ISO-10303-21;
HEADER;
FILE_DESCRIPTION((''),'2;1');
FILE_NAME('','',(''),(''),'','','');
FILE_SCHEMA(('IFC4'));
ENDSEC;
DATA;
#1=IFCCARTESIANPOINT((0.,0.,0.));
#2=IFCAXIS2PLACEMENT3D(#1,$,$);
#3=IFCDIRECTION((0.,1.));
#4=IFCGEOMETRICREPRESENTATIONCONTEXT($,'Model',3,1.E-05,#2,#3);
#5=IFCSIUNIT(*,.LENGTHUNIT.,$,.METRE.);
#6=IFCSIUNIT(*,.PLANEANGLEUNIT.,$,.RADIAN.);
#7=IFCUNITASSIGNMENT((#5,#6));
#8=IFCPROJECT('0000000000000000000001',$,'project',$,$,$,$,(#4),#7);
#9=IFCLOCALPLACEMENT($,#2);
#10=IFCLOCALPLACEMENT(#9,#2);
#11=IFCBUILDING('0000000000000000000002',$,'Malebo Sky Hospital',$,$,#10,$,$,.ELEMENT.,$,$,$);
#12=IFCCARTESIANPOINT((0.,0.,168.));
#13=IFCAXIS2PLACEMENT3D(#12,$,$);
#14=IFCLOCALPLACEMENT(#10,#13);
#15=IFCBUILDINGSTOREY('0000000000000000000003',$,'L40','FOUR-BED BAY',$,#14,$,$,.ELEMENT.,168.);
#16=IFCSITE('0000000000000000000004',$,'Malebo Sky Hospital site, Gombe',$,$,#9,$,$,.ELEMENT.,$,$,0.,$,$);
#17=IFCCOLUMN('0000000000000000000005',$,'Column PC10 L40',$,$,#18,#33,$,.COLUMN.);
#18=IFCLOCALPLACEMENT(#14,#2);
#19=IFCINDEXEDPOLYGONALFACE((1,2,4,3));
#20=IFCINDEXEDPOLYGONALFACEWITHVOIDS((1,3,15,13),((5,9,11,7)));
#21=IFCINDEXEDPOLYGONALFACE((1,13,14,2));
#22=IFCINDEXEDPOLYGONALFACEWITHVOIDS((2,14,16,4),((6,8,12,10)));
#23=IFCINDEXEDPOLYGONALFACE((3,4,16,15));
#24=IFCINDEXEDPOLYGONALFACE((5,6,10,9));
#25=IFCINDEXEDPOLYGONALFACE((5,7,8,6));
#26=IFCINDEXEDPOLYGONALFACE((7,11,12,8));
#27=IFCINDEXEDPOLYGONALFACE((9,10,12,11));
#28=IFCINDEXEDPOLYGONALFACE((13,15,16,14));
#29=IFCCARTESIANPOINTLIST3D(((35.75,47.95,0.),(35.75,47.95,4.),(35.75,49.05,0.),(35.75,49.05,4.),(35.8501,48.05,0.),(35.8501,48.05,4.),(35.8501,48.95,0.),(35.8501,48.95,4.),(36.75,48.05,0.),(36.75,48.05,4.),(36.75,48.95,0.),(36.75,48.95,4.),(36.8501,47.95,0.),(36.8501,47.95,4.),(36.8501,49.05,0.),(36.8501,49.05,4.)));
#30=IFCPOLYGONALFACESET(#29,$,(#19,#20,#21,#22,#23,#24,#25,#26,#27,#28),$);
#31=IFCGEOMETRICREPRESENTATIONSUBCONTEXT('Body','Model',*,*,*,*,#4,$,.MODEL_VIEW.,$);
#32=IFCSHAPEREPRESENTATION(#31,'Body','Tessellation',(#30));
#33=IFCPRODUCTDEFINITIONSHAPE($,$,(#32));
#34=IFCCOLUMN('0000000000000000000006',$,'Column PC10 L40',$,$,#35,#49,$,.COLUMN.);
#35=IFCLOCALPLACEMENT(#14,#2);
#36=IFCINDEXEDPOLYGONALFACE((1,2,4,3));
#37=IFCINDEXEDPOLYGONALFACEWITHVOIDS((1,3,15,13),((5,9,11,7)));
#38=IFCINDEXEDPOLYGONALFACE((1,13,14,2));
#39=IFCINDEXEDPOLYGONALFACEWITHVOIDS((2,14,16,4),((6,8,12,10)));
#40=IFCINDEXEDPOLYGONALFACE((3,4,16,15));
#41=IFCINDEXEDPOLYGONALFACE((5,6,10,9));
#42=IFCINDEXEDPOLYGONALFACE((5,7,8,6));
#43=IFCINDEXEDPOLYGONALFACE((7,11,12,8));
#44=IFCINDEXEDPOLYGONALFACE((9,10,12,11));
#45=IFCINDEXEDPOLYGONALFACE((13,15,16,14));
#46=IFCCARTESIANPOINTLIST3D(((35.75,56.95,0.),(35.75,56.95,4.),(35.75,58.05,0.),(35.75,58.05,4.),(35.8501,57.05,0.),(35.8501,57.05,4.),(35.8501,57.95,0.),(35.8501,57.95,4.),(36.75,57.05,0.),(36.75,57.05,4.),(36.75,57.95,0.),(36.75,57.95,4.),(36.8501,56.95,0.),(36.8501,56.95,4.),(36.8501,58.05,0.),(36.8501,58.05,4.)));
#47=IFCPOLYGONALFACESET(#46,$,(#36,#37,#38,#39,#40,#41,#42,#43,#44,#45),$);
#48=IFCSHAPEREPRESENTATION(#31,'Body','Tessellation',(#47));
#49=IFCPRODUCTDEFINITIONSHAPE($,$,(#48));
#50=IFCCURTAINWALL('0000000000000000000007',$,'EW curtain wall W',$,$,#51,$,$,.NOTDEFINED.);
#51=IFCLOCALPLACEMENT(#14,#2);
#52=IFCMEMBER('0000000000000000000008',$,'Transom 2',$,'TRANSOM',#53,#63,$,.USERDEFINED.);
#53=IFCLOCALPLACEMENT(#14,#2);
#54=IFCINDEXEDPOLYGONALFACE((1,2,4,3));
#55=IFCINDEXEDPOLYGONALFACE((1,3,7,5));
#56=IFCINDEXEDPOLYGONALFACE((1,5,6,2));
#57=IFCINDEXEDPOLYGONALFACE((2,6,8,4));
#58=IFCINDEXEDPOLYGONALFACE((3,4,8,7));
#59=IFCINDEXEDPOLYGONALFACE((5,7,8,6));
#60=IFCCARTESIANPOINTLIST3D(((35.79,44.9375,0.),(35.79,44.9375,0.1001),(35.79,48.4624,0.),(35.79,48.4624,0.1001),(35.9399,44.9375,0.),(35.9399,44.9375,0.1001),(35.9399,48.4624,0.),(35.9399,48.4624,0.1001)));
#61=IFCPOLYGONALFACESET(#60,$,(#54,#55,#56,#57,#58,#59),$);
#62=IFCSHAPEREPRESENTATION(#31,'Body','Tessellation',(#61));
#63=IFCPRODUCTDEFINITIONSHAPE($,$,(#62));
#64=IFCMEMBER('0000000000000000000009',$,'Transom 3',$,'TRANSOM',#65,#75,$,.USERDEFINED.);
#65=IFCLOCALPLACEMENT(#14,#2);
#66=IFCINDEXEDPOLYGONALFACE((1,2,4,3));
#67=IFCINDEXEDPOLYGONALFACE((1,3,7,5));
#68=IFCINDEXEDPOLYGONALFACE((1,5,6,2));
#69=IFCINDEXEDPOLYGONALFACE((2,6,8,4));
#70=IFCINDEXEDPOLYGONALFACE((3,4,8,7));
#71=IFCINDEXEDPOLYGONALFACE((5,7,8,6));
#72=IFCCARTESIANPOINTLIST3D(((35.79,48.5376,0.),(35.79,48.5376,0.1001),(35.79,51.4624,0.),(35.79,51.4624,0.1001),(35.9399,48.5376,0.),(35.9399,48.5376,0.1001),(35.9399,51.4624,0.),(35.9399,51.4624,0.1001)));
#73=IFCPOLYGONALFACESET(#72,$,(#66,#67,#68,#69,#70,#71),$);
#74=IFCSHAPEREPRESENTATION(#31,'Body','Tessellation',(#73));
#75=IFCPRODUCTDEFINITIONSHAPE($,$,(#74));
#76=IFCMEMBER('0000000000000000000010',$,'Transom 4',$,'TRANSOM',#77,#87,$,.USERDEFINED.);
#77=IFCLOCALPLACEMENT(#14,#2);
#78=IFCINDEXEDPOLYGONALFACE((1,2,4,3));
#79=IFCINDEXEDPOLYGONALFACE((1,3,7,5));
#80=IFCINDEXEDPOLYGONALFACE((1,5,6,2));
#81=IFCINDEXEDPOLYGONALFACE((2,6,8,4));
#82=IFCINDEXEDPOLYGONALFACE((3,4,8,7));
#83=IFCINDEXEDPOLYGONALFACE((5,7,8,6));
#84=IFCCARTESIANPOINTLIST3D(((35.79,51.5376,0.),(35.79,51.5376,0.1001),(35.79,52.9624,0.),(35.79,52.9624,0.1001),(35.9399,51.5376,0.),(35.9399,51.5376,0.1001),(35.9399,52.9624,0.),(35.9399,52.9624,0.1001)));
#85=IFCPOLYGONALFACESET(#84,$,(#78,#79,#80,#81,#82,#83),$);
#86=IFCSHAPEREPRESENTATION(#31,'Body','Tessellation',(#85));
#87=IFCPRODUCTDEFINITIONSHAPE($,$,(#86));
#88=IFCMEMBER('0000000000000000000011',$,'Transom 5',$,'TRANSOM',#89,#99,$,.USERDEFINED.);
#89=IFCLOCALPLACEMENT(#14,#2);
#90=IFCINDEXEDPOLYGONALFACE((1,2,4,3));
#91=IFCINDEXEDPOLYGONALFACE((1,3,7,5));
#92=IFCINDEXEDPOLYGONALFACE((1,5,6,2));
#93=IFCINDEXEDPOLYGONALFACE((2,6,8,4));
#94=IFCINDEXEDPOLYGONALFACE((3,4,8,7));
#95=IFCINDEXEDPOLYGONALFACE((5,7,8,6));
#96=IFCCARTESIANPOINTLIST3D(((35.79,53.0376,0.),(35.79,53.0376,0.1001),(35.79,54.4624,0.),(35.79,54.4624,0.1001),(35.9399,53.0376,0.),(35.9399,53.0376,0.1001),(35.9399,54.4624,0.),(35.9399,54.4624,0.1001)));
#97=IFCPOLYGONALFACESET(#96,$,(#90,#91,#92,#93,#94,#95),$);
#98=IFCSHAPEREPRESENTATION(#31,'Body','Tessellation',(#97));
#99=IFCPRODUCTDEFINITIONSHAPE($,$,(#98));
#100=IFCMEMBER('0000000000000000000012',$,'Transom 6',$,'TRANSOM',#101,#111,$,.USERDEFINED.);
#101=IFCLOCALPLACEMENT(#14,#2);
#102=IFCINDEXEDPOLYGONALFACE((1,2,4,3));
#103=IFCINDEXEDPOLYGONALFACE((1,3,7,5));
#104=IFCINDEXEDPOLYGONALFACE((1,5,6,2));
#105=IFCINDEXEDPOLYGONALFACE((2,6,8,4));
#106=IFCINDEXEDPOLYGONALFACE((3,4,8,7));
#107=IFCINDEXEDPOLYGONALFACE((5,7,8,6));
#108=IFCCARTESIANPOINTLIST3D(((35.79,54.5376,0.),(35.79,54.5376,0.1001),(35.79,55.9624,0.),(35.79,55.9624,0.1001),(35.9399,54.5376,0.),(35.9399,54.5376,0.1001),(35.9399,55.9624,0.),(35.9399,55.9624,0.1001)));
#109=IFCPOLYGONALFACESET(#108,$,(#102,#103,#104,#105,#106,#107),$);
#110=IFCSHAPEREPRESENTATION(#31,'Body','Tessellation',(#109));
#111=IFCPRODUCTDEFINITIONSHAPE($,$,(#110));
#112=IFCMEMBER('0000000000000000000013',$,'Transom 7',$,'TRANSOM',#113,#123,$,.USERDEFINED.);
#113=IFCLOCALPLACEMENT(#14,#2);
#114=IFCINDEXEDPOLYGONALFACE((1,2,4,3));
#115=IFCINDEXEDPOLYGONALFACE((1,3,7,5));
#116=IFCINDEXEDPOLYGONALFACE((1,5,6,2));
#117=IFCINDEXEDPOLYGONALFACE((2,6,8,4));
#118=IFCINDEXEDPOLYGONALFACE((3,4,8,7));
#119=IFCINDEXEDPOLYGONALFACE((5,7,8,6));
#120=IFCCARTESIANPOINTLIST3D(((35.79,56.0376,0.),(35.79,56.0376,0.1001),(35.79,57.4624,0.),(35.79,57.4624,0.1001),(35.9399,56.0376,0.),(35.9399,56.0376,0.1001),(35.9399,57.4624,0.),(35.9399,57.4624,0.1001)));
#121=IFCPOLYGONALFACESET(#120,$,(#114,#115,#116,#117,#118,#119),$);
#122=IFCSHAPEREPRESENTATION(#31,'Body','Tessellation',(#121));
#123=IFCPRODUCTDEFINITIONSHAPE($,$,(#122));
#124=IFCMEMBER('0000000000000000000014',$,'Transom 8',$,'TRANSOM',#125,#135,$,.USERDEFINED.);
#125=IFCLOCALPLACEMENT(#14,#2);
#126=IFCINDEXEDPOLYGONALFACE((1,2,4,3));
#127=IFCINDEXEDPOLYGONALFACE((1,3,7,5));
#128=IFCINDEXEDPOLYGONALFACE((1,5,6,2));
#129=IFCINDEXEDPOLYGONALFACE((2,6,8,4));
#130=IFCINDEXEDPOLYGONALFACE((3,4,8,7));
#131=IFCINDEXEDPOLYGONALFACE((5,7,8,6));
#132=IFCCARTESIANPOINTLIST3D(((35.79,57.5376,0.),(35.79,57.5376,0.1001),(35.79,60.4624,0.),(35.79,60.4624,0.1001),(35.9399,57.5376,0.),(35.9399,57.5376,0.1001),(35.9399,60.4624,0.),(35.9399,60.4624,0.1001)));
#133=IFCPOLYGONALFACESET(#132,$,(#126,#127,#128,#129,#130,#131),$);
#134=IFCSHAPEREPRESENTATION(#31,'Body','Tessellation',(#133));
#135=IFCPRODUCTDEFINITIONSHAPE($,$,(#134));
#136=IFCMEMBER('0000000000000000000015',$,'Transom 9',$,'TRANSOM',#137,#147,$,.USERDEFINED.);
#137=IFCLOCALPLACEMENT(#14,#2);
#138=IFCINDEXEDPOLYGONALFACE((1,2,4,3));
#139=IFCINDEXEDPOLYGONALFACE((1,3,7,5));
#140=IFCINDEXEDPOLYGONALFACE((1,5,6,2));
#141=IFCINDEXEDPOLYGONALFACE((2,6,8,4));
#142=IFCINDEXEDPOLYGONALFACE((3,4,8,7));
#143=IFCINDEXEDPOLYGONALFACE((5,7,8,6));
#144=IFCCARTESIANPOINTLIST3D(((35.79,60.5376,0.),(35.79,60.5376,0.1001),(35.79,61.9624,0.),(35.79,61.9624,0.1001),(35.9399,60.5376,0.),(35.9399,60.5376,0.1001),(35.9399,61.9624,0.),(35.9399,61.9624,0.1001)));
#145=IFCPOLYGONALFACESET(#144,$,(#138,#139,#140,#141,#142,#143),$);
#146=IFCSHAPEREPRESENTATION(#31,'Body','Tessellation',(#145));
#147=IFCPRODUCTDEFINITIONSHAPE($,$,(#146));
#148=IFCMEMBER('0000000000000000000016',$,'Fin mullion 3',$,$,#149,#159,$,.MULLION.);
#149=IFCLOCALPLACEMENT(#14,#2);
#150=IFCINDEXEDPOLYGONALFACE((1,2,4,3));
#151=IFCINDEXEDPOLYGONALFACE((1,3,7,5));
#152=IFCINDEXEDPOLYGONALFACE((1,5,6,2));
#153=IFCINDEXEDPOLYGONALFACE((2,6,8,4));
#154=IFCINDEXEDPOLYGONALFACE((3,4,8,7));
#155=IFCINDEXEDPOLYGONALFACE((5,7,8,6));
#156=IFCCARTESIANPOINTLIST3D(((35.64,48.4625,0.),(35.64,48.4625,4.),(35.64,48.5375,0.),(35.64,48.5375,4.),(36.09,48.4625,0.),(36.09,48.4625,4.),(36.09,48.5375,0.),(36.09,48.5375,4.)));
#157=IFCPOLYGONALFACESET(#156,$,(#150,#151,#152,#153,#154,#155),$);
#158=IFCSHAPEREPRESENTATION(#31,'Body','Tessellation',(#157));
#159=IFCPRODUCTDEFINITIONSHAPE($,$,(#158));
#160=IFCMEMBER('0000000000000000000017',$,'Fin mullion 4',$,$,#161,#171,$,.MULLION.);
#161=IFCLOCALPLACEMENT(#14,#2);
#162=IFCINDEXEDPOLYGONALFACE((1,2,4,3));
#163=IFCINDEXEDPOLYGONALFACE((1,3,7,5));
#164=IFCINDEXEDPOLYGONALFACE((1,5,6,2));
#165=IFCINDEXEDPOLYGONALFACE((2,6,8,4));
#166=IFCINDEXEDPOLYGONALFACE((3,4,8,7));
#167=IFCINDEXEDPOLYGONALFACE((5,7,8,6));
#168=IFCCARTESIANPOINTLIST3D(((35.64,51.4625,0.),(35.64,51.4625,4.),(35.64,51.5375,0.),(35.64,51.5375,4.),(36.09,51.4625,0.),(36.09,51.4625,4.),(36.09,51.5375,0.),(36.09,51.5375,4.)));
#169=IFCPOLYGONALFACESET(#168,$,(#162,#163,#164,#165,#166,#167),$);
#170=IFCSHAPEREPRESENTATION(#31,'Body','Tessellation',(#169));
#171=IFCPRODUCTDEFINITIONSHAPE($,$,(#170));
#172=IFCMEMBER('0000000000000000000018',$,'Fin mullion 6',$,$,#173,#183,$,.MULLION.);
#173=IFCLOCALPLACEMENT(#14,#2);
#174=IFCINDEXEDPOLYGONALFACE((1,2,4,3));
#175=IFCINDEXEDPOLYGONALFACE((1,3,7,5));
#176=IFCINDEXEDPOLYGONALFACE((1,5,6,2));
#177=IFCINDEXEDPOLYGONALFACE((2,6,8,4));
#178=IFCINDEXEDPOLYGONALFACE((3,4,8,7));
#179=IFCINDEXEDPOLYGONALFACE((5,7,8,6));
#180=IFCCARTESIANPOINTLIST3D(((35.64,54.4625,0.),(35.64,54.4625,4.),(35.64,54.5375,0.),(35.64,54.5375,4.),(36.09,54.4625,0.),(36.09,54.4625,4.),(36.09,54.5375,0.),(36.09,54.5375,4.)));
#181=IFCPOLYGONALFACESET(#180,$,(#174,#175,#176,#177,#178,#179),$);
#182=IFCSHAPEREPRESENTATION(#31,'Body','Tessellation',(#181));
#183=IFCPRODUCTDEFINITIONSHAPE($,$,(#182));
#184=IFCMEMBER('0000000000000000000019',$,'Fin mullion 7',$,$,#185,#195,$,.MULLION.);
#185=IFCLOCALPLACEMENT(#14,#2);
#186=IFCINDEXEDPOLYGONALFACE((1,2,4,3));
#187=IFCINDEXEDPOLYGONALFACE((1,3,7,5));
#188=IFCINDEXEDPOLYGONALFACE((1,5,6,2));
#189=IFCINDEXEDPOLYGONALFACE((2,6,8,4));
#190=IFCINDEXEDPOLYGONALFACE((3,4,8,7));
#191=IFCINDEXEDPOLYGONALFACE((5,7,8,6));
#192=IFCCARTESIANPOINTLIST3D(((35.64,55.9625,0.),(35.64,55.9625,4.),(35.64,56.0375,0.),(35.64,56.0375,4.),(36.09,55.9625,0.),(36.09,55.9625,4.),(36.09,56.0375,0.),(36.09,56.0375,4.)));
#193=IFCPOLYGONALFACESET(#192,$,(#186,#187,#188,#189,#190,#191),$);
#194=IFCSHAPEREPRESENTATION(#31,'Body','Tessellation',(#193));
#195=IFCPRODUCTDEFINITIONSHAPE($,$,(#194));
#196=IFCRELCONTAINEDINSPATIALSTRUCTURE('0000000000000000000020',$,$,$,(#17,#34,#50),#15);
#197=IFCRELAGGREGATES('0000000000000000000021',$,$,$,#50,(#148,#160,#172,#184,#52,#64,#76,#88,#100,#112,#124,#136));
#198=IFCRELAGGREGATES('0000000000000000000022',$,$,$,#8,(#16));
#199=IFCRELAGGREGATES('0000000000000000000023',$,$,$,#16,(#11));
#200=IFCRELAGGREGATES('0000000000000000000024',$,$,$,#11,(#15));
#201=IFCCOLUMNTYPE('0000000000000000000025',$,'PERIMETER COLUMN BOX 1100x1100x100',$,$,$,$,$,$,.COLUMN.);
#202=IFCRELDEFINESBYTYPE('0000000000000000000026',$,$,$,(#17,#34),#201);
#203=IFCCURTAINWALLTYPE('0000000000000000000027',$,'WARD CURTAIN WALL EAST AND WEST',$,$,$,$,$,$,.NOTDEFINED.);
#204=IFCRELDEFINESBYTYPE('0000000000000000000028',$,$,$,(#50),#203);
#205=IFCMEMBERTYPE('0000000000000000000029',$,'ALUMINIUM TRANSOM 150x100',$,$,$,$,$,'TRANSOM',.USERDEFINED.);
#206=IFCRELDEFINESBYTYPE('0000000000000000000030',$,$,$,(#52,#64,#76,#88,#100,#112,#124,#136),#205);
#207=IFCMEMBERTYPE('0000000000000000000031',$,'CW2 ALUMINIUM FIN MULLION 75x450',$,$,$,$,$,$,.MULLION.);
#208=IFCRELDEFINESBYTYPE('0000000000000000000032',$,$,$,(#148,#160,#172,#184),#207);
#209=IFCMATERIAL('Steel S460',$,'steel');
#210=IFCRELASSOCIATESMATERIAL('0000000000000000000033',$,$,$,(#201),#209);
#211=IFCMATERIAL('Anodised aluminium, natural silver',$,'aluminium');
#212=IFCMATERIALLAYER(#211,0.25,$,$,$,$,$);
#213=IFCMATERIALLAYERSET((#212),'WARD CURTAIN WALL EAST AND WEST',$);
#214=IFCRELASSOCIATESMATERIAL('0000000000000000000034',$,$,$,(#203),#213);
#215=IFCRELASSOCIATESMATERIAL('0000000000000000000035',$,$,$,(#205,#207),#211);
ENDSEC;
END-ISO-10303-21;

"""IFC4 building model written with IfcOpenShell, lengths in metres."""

from ifc_helpers import new_model, si_unit, direction, frame, origin, origin_2d, place, context, subcontext, project, spatial, rectangle, hollow_rectangle, extrude, material, layer, layer_set, material_profile, profile_set, type_object, element, aggregate, save


model = new_model("IFC4")

# Units and contexts
model_context = context("Model", 3, precision=1e-05, world=origin(), true_north=direction((0.0, 1.0)))
body_context = subcontext(model_context, "Body", "Model", "MODEL_VIEW")
ifc_project = project(units=[si_unit("LENGTHUNIT", "METRE"), si_unit("PLANEANGLEUNIT", "RADIAN")], contexts=[model_context])

# Site, building, storey
site_placement = place(None, origin())
site = spatial("IfcSite", under=ifc_project, at=site_placement, Name="Malebo Sky Hospital site, Gombe", CompositionType="ELEMENT", RefElevation=0.0)
building_placement = place(site_placement, origin())
building = spatial("IfcBuilding", under=site, at=building_placement, Name="Malebo Sky Hospital", CompositionType="ELEMENT")
storey_placement = place(building_placement, frame((0.0, 0.0, 168.0)))
storey = spatial("IfcBuildingStorey", under=building, at=storey_placement, Name="L40", Description="FOUR-BED BAY", CompositionType="ELEMENT", Elevation=168.0)

# Columns
ifc_material_1 = material(Name="Steel S460", Category="steel")
ifc_material_profile_1 = material_profile(ifc_material_1, hollow_rectangle(XDim=1.1001, YDim=1.1001, WallThickness=0.1001, at=origin_2d()), Name="BOX 1100x1100x100")
ifc_profile_set_1 = profile_set([ifc_material_profile_1], Name="Steel S460")
column_type = type_object("IfcColumnType", Name="PERIMETER COLUMN BOX 1100x1100x100", PredefinedType="COLUMN", material=ifc_profile_set_1)
for number, where, z_axis, x_axis, name in (
    (1, (36.3, 48.5, 0.0), (0.0, 0.0, 1.0), (1.0, 0.0, 0.0), "Column PC10 L40"),
    (2, (36.3, 57.5, 0.0), (0.0, 0.0, 1.0), (1.0, 0.0, 0.0), "Column PC10 L40"),
):
    element("IfcColumn", number, at=place(storey_placement, frame(where, z_axis=z_axis, x_axis=x_axis)), inside=storey, type_object=column_type, Name=name, PredefinedType="COLUMN", context=body_context, shape_type="SweptSolid", body=[
        extrude(hollow_rectangle(XDim=1.1001, YDim=1.1001, WallThickness=0.1001, at=origin_2d()), origin(), (0.0, 0.0, 1.0), 4.0),
    ])

# Curtain wall, members
ifc_material_2 = material(Name="Anodised aluminium, natural silver", Category="aluminium")
ifc_layer_1 = layer(ifc_material_2, 0.25)
ifc_layer_set_1 = layer_set([ifc_layer_1], Name="WARD CURTAIN WALL EAST AND WEST")
curtain_wall_type = type_object("IfcCurtainWallType", Name="WARD CURTAIN WALL EAST AND WEST", PredefinedType="NOTDEFINED", material=ifc_layer_set_1)
curtain_wall_placement = place(storey_placement, origin())
curtain_wall = element("IfcCurtainWall", 3, at=curtain_wall_placement, inside=storey, type_object=curtain_wall_type, Name="EW curtain wall W", PredefinedType="NOTDEFINED")
ifc_material_profile_2 = material_profile(ifc_material_2, rectangle(XDim=0.1499, YDim=0.1001, at=origin_2d()), Name="ALUMINIUM TRANSOM 150x100")
ifc_profile_set_2 = profile_set([ifc_material_profile_2], Name="Anodised aluminium, natural silver")
member_type_1 = type_object("IfcMemberType", Name="ALUMINIUM TRANSOM 150x100", ElementType="TRANSOM", PredefinedType="USERDEFINED", material=ifc_profile_set_2)
member_1_placement = place(storey_placement, frame((35.865, 44.9375, 0.05), z_axis=(0.0, 1.0, 0.0), x_axis=(-1.0, 0.0, 0.0)))
member_1 = element("IfcMember", 4, at=member_1_placement, type_object=member_type_1, Name="Transom 2", ObjectType="TRANSOM", PredefinedType="USERDEFINED", context=body_context, shape_type="SweptSolid", body=[
    extrude(rectangle(XDim=0.1499, YDim=0.1001, at=origin_2d()), origin(), (0.0, 0.0, 1.0), 3.5249),
])
member_2_placement = place(storey_placement, frame((35.865, 48.5376, 0.05), z_axis=(0.0, 1.0, 0.0), x_axis=(-1.0, 0.0, 0.0)))
member_2 = element("IfcMember", 5, at=member_2_placement, type_object=member_type_1, Name="Transom 3", ObjectType="TRANSOM", PredefinedType="USERDEFINED", context=body_context, shape_type="SweptSolid", body=[
    extrude(rectangle(XDim=0.1499, YDim=0.1001, at=origin_2d()), origin(), (0.0, 0.0, 1.0), 2.9248),
])
member_3_placement = place(storey_placement, frame((35.865, 51.5376, 0.05), z_axis=(0.0, 1.0, 0.0), x_axis=(-1.0, 0.0, 0.0)))
member_3 = element("IfcMember", 6, at=member_3_placement, type_object=member_type_1, Name="Transom 4", ObjectType="TRANSOM", PredefinedType="USERDEFINED", context=body_context, shape_type="SweptSolid", body=[
    extrude(rectangle(XDim=0.1499, YDim=0.1001, at=origin_2d()), origin(), (0.0, 0.0, 1.0), 1.4248),
])
member_4_placement = place(storey_placement, frame((35.865, 53.0376, 0.05), z_axis=(0.0, 1.0, 0.0), x_axis=(-1.0, 0.0, 0.0)))
member_4 = element("IfcMember", 7, at=member_4_placement, type_object=member_type_1, Name="Transom 5", ObjectType="TRANSOM", PredefinedType="USERDEFINED", context=body_context, shape_type="SweptSolid", body=[
    extrude(rectangle(XDim=0.1499, YDim=0.1001, at=origin_2d()), origin(), (0.0, 0.0, 1.0), 1.4248),
])
member_5_placement = place(storey_placement, frame((35.865, 54.5376, 0.05), z_axis=(0.0, 1.0, 0.0), x_axis=(-1.0, 0.0, 0.0)))
member_5 = element("IfcMember", 8, at=member_5_placement, type_object=member_type_1, Name="Transom 6", ObjectType="TRANSOM", PredefinedType="USERDEFINED", context=body_context, shape_type="SweptSolid", body=[
    extrude(rectangle(XDim=0.1499, YDim=0.1001, at=origin_2d()), origin(), (0.0, 0.0, 1.0), 1.4248),
])
member_6_placement = place(storey_placement, frame((35.865, 56.0376, 0.05), z_axis=(0.0, 1.0, 0.0), x_axis=(-1.0, 0.0, 0.0)))
member_6 = element("IfcMember", 9, at=member_6_placement, type_object=member_type_1, Name="Transom 7", ObjectType="TRANSOM", PredefinedType="USERDEFINED", context=body_context, shape_type="SweptSolid", body=[
    extrude(rectangle(XDim=0.1499, YDim=0.1001, at=origin_2d()), origin(), (0.0, 0.0, 1.0), 1.4248),
])
member_7_placement = place(storey_placement, frame((35.865, 57.5376, 0.05), z_axis=(0.0, 1.0, 0.0), x_axis=(-1.0, 0.0, 0.0)))
member_7 = element("IfcMember", 10, at=member_7_placement, type_object=member_type_1, Name="Transom 8", ObjectType="TRANSOM", PredefinedType="USERDEFINED", context=body_context, shape_type="SweptSolid", body=[
    extrude(rectangle(XDim=0.1499, YDim=0.1001, at=origin_2d()), origin(), (0.0, 0.0, 1.0), 2.9248),
])
member_8_placement = place(storey_placement, frame((35.865, 60.5376, 0.05), z_axis=(0.0, 1.0, 0.0), x_axis=(-1.0, 0.0, 0.0)))
member_8 = element("IfcMember", 11, at=member_8_placement, type_object=member_type_1, Name="Transom 9", ObjectType="TRANSOM", PredefinedType="USERDEFINED", context=body_context, shape_type="SweptSolid", body=[
    extrude(rectangle(XDim=0.1499, YDim=0.1001, at=origin_2d()), origin(), (0.0, 0.0, 1.0), 1.4248),
])
ifc_material_profile_3 = material_profile(ifc_material_2, rectangle(XDim=0.075, YDim=0.45, at=origin_2d()), Name="CW2 ALUMINIUM FIN MULLION 75x450")
ifc_profile_set_3 = profile_set([ifc_material_profile_3], Name="Anodised aluminium, natural silver")
member_type_2 = type_object("IfcMemberType", Name="CW2 ALUMINIUM FIN MULLION 75x450", PredefinedType="MULLION", material=ifc_profile_set_3)
member_9_placement = place(storey_placement, frame((35.865, 48.5, 0.0), z_axis=(0.0, 0.0, 1.0), x_axis=(0.0, 1.0, 0.0)))
member_9 = element("IfcMember", 12, at=member_9_placement, type_object=member_type_2, Name="Fin mullion 3", PredefinedType="MULLION", context=body_context, shape_type="SweptSolid", body=[
    extrude(rectangle(XDim=0.075, YDim=0.45, at=origin_2d()), origin(), (0.0, 0.0, 1.0), 4.0),
])
member_10_placement = place(storey_placement, frame((35.865, 51.5, 0.0), z_axis=(0.0, 0.0, 1.0), x_axis=(0.0, 1.0, 0.0)))
member_10 = element("IfcMember", 13, at=member_10_placement, type_object=member_type_2, Name="Fin mullion 4", PredefinedType="MULLION", context=body_context, shape_type="SweptSolid", body=[
    extrude(rectangle(XDim=0.075, YDim=0.45, at=origin_2d()), origin(), (0.0, 0.0, 1.0), 4.0),
])
member_11_placement = place(storey_placement, frame((35.865, 54.5, 0.0), z_axis=(0.0, 0.0, 1.0), x_axis=(0.0, 1.0, 0.0)))
member_11 = element("IfcMember", 14, at=member_11_placement, type_object=member_type_2, Name="Fin mullion 6", PredefinedType="MULLION", context=body_context, shape_type="SweptSolid", body=[
    extrude(rectangle(XDim=0.075, YDim=0.45, at=origin_2d()), origin(), (0.0, 0.0, 1.0), 4.0),
])
member_12_placement = place(storey_placement, frame((35.865, 56.0, 0.0), z_axis=(0.0, 0.0, 1.0), x_axis=(0.0, 1.0, 0.0)))
member_12 = element("IfcMember", 15, at=member_12_placement, type_object=member_type_2, Name="Fin mullion 7", PredefinedType="MULLION", context=body_context, shape_type="SweptSolid", body=[
    extrude(rectangle(XDim=0.075, YDim=0.45, at=origin_2d()), origin(), (0.0, 0.0, 1.0), 4.0),
])

aggregate(curtain_wall, [member_9, member_10, member_11, member_12, member_1, member_2, member_3, member_4, member_5, member_6, member_7, member_8])

save(model, "model.ifc")
